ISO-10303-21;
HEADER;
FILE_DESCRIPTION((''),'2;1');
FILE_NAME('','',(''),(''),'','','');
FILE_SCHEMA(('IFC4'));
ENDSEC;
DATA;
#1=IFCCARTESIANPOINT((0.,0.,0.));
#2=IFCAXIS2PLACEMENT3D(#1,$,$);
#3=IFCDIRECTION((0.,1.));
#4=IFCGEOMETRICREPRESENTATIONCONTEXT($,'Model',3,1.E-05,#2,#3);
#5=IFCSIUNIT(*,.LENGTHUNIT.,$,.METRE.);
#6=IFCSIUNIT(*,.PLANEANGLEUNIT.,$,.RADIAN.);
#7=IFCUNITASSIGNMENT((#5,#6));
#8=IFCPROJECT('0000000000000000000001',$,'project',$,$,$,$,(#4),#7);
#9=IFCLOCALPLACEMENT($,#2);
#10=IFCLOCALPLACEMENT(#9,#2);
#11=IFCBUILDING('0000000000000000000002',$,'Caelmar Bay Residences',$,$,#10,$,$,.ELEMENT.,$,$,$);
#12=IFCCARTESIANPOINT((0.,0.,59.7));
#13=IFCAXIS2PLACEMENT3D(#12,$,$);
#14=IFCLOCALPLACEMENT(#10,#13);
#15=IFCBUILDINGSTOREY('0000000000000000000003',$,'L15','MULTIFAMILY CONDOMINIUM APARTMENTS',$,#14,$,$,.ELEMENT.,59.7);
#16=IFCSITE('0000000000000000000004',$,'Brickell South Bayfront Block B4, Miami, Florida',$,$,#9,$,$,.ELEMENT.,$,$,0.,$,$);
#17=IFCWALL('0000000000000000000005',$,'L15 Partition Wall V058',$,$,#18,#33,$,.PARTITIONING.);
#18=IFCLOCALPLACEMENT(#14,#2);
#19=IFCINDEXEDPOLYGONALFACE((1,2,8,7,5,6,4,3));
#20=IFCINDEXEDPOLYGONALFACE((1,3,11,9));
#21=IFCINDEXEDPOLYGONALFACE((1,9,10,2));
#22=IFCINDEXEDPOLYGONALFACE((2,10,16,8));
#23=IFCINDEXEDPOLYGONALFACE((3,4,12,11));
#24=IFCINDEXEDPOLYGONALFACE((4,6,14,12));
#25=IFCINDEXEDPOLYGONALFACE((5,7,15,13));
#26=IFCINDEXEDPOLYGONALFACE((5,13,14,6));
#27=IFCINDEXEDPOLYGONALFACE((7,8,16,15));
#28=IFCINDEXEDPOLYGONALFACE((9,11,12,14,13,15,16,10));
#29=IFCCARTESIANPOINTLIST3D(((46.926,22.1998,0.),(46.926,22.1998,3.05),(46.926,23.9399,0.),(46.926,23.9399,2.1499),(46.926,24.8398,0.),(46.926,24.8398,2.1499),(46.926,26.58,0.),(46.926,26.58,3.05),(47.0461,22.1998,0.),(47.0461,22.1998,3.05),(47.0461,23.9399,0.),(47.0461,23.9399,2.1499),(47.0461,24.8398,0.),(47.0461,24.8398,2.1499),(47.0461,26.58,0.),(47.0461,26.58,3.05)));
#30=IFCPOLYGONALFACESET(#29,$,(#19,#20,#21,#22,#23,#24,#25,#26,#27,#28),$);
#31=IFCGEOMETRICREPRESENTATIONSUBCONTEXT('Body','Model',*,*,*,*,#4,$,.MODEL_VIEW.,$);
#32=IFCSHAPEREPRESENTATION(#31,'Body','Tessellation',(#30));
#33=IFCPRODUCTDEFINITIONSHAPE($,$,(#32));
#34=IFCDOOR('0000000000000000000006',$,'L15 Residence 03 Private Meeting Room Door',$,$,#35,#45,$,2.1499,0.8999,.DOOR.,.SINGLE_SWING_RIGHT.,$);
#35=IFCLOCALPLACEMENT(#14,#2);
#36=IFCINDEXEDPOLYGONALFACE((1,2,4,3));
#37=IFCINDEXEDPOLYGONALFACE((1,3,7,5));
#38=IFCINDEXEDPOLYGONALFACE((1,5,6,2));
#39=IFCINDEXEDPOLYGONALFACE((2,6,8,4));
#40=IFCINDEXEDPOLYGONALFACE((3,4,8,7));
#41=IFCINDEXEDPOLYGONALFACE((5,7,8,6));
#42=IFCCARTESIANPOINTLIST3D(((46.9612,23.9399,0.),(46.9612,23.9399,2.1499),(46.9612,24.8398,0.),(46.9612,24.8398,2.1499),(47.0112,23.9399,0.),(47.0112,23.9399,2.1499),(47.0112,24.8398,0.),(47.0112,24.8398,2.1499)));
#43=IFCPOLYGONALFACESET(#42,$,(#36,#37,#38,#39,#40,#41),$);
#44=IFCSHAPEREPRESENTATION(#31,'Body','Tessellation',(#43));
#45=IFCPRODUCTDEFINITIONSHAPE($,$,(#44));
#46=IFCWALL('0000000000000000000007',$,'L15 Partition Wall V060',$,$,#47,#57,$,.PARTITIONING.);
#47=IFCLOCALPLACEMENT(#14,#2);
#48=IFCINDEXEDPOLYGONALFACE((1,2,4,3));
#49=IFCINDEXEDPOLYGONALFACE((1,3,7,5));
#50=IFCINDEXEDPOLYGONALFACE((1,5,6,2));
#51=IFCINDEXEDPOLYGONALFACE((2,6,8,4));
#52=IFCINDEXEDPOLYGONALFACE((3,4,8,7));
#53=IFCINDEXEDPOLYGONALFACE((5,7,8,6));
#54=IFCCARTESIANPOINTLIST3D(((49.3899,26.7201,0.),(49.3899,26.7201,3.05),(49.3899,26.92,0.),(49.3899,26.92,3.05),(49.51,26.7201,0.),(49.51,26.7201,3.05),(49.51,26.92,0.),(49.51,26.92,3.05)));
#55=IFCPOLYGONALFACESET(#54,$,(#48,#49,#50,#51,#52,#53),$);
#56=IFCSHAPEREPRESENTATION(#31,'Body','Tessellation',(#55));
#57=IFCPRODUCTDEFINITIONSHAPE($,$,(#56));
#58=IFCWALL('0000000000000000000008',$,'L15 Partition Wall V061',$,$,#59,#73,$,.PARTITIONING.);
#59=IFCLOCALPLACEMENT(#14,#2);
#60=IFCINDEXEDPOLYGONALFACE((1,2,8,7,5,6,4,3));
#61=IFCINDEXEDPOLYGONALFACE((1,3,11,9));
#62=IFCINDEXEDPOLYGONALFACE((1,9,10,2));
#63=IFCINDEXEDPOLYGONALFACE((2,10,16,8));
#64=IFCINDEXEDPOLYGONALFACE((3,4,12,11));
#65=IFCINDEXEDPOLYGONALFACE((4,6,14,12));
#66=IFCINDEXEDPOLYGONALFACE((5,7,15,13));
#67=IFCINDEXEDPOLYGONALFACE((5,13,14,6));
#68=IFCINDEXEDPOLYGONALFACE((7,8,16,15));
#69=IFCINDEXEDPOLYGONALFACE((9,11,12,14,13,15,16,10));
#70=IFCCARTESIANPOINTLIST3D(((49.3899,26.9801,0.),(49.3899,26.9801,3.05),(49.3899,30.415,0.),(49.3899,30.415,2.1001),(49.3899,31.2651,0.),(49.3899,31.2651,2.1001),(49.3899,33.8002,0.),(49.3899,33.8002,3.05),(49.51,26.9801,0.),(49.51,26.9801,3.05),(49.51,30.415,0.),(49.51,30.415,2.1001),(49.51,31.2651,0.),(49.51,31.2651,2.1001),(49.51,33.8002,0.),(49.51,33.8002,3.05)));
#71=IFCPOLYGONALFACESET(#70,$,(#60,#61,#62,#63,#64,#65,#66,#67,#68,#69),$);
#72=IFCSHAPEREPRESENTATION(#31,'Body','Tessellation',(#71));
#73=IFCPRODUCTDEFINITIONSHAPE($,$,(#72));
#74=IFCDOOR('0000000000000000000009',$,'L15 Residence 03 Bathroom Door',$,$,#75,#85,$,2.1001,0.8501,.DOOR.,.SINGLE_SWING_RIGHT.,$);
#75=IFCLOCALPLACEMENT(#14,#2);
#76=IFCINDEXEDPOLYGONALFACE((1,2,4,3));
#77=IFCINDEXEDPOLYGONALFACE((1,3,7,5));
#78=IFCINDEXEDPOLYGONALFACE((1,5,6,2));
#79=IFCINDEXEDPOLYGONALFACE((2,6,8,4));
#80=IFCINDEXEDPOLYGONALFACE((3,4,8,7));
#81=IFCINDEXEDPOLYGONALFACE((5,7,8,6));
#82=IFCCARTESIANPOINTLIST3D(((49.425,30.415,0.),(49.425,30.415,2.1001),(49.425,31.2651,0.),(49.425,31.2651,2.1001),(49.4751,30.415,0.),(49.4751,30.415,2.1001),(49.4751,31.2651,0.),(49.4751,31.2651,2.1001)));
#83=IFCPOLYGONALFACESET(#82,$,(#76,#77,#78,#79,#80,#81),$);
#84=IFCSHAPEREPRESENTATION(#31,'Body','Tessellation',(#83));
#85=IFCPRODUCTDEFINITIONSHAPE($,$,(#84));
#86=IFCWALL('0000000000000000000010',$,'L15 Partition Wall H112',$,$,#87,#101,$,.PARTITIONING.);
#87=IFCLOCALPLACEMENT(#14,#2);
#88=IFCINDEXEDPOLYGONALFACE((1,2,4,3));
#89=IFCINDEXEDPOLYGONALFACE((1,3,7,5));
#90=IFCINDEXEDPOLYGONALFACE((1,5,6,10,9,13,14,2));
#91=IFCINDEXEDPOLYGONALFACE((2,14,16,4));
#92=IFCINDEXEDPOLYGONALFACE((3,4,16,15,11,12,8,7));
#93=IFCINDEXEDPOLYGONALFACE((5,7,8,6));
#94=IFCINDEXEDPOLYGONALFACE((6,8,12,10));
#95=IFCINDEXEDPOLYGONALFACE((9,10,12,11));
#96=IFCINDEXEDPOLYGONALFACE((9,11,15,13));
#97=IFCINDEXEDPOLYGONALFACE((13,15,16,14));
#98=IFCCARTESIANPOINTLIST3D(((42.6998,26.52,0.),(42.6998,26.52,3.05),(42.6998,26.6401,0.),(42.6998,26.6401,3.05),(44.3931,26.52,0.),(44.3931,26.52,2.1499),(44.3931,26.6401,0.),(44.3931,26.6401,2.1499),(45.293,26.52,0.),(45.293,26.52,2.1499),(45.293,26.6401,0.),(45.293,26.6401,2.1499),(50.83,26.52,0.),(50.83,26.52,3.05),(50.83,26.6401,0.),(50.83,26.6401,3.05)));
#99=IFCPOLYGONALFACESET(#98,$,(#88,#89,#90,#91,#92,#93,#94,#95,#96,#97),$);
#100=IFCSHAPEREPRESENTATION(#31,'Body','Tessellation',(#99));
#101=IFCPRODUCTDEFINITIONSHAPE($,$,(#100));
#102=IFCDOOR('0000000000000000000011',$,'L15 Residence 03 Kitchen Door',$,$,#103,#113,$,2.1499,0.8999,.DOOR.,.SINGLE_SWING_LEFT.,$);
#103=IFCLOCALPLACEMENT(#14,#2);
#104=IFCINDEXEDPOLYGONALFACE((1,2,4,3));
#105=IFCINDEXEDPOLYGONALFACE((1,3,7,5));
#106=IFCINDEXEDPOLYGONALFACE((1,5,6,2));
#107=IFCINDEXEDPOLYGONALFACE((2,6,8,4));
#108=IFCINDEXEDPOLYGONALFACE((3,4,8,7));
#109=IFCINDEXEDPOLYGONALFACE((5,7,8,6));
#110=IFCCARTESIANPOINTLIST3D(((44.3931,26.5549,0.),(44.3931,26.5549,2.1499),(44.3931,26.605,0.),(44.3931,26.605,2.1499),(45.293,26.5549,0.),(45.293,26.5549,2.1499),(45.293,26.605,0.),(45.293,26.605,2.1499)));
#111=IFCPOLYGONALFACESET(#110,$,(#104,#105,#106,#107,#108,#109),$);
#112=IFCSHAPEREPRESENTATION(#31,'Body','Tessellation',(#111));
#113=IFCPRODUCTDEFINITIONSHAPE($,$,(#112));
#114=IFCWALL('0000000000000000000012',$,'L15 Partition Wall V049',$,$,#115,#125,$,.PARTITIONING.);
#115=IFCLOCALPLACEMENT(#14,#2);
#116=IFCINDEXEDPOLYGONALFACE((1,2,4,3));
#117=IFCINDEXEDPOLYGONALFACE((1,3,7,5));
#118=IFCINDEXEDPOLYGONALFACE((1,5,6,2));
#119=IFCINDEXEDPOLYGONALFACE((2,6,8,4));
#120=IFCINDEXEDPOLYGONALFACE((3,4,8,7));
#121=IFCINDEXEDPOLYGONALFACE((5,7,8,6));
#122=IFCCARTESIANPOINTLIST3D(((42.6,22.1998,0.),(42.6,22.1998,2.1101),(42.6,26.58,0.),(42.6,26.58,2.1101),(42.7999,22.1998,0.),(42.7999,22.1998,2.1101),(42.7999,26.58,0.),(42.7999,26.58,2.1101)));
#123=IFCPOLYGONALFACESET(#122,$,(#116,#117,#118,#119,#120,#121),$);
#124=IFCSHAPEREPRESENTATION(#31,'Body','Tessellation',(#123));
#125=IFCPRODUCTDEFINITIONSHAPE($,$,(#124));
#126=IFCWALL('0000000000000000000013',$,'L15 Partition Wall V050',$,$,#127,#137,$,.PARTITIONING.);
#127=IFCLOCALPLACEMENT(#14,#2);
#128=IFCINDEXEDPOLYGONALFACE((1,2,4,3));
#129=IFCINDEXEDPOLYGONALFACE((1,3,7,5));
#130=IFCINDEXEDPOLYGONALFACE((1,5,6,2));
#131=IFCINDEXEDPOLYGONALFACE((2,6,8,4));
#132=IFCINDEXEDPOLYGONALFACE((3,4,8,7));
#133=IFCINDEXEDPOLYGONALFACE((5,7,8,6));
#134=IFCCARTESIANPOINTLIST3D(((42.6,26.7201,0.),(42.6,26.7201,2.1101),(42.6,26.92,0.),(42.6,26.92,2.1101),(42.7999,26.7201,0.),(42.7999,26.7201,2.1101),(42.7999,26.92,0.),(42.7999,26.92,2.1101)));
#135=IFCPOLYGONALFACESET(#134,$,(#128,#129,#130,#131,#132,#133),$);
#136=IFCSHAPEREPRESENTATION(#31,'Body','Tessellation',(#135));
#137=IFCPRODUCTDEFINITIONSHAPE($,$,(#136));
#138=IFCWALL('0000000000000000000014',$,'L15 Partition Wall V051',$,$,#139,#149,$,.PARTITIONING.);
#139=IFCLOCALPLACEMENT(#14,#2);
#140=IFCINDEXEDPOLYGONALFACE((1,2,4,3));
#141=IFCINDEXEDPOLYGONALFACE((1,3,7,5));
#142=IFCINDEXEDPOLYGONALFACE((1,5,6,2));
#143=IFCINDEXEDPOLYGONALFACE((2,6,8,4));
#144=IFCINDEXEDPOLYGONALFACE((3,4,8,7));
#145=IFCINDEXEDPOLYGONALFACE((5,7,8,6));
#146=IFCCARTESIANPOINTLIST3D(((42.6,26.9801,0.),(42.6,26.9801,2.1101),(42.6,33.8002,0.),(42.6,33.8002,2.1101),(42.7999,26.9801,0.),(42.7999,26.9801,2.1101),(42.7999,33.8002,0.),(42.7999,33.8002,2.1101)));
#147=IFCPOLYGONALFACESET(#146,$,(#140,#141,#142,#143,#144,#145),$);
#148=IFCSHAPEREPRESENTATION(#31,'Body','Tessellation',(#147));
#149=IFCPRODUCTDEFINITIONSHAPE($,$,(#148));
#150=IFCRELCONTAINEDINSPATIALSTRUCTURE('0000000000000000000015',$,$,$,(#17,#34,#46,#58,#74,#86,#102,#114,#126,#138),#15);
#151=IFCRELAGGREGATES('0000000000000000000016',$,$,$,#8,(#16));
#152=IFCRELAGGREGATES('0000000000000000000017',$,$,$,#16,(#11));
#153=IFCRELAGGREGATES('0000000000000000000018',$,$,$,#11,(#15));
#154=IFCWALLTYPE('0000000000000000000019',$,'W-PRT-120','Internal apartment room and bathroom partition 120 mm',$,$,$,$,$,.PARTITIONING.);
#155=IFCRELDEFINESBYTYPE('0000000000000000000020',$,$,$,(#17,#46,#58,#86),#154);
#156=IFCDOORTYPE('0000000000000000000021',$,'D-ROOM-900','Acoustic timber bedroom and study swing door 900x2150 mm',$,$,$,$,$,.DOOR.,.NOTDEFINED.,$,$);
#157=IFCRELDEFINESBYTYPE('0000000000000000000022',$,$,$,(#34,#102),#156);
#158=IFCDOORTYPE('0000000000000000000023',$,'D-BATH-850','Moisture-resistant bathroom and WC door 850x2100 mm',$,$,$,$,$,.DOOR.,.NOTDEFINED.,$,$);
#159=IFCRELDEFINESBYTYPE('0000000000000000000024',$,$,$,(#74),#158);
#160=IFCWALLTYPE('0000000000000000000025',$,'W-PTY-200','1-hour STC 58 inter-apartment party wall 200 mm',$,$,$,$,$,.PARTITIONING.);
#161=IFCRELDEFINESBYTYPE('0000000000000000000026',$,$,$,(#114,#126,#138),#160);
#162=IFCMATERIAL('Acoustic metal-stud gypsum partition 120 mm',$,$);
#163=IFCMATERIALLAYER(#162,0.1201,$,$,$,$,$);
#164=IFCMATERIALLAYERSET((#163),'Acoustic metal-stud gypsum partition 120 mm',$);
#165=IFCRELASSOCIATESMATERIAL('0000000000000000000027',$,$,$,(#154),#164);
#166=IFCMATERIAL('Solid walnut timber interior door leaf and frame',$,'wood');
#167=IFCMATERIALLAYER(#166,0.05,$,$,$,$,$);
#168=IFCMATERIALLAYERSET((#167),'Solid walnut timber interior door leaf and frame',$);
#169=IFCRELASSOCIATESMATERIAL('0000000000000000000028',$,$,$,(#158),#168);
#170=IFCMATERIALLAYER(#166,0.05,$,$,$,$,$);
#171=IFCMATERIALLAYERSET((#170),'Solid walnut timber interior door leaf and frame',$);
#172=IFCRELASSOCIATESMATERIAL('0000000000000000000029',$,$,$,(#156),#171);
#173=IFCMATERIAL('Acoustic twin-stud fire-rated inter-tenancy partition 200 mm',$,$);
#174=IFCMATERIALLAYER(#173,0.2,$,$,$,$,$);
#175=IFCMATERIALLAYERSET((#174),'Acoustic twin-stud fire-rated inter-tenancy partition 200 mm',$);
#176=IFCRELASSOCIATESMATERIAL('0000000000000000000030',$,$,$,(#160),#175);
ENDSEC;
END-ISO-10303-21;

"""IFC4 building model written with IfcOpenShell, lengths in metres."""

from ifc_helpers import new_model, si_unit, direction, frame, frame_2d, origin, place, context, subcontext, project, spatial, rectangle, extrude, material, layer, layer_set, type_object, element, fill, save


model = new_model("IFC4")

# Units and contexts
model_context = context("Model", 3, precision=1e-05, world=origin(), true_north=direction((0.0, 1.0)))
body_context = subcontext(model_context, "Body", "Model", "MODEL_VIEW")
ifc_project = project(units=[si_unit("LENGTHUNIT", "METRE"), si_unit("PLANEANGLEUNIT", "RADIAN")], contexts=[model_context])

# Site, building, storey
site_placement = place(None, origin())
site = spatial("IfcSite", under=ifc_project, at=site_placement, Name="Brickell South Bayfront Block B4, Miami, Florida", CompositionType="ELEMENT", RefElevation=0.0)
building_placement = place(site_placement, origin())
building = spatial("IfcBuilding", under=site, at=building_placement, Name="Caelmar Bay Residences", CompositionType="ELEMENT")
storey_placement = place(building_placement, frame((0.0, 0.0, 59.7)))
storey = spatial("IfcBuildingStorey", under=building, at=storey_placement, Name="L15", Description="MULTIFAMILY CONDOMINIUM APARTMENTS", CompositionType="ELEMENT", Elevation=59.7)

# Shared definitions
ifc_material_1 = material(Name="Acoustic metal-stud gypsum partition 120 mm")
ifc_layer_1 = layer(ifc_material_1, 0.1201)
ifc_layer_set_1 = layer_set([ifc_layer_1], Name="Acoustic metal-stud gypsum partition 120 mm")
wall_type_1 = type_object("IfcWallType", Name="W-PRT-120", Description="Internal apartment room and bathroom partition 120 mm", PredefinedType="PARTITIONING", material=ifc_layer_set_1)

# Shared definitions
ifc_material_2 = material(Name="Solid walnut timber interior door leaf and frame", Category="wood")
ifc_layer_2 = layer(ifc_material_2, 0.05)
ifc_layer_set_2 = layer_set([ifc_layer_2], Name="Solid walnut timber interior door leaf and frame")
door_type_1 = type_object("IfcDoorType", Name="D-BATH-850", Description="Moisture-resistant bathroom and WC door 850x2100 mm", OperationType="NOTDEFINED", PredefinedType="DOOR", material=ifc_layer_set_2)

# Wall, opening, door
wall_1_placement = place(storey_placement, frame((46.9861, 22.2, 0.0), z_axis=(0.0, 0.0, 1.0), x_axis=(0.0, 1.0, 0.0)))
wall_1 = element("IfcWall", 1, at=wall_1_placement, inside=storey, type_object=wall_type_1, Name="L15 Partition Wall V058", PredefinedType="PARTITIONING", context=body_context, shape_type="SweptSolid", body=[
    extrude(rectangle(XDim=4.3801, YDim=0.1201, at=frame_2d((2.1899, 0.0))), origin(), (0.0, 0.0, 1.0), 3.05),
])
opening_1_placement = place(wall_1_placement, frame((1.74, 0.0, 0.0)))
opening_1 = element("IfcOpeningElement", 2, at=opening_1_placement, cuts=wall_1, PredefinedType="OPENING", context=body_context, shape_type="SweptSolid", body=[
    extrude(rectangle(XDim=0.8999, YDim=2.1499, at=frame_2d((0.45, 1.075))), frame((0.0, 0.0701, 0.0), z_axis=(0.0, -1.0, 0.0), x_axis=(1.0, 0.0, 0.0)), (0.0, 0.0, 1.0), 0.1401),
])
ifc_layer_3 = layer(ifc_material_2, 0.05)
ifc_layer_set_3 = layer_set([ifc_layer_3], Name="Solid walnut timber interior door leaf and frame")
door_type_2 = type_object("IfcDoorType", Name="D-ROOM-900", Description="Acoustic timber bedroom and study swing door 900x2150 mm", OperationType="NOTDEFINED", PredefinedType="DOOR", material=ifc_layer_set_3)
door_1_placement = place(opening_1_placement, origin())
door_1 = element("IfcDoor", 3, at=door_1_placement, inside=storey, type_object=door_type_2, Name="L15 Residence 03 Private Meeting Room Door", OperationType="SINGLE_SWING_RIGHT", OverallHeight=2.1499, OverallWidth=0.8999, PredefinedType="DOOR", context=body_context, shape_type="SweptSolid", body=[
    extrude(rectangle(XDim=0.8999, YDim=2.1499, at=frame_2d((0.45, 1.075))), frame((0.0, 0.0249, 0.0), z_axis=(0.0, -1.0, 0.0), x_axis=(1.0, 0.0, 0.0)), (0.0, 0.0, 1.0), 0.05),
])
fill(opening_1, door_1)

# Wall
wall_2_placement = place(storey_placement, frame((49.45, 26.72, 0.0), z_axis=(0.0, 0.0, 1.0), x_axis=(0.0, 1.0, 0.0)))
element("IfcWall", 4, at=wall_2_placement, inside=storey, type_object=wall_type_1, Name="L15 Partition Wall V060", PredefinedType="PARTITIONING", context=body_context, shape_type="SweptSolid", body=[
    extrude(rectangle(XDim=0.2, YDim=0.1201, at=frame_2d((0.1001, 0.0))), origin(), (0.0, 0.0, 1.0), 3.05),
])

# Walls, openings, doors
wall_3_placement = place(storey_placement, frame((49.45, 26.98, 0.0), z_axis=(0.0, 0.0, 1.0), x_axis=(0.0, 1.0, 0.0)))
wall_3 = element("IfcWall", 5, at=wall_3_placement, inside=storey, type_object=wall_type_1, Name="L15 Partition Wall V061", PredefinedType="PARTITIONING", context=body_context, shape_type="SweptSolid", body=[
    extrude(rectangle(XDim=6.8201, YDim=0.1201, at=frame_2d((3.4102, 0.0))), origin(), (0.0, 0.0, 1.0), 3.05),
])
opening_2_placement = place(wall_3_placement, frame((3.4351, 0.0, 0.0)))
opening_2 = element("IfcOpeningElement", 6, at=opening_2_placement, cuts=wall_3, PredefinedType="OPENING", context=body_context, shape_type="SweptSolid", body=[
    extrude(rectangle(XDim=0.8501, YDim=2.1001, at=frame_2d((0.425, 1.05))), frame((0.0, 0.0701, 0.0), z_axis=(0.0, -1.0, 0.0), x_axis=(1.0, 0.0, 0.0)), (0.0, 0.0, 1.0), 0.1401),
])
door_2_placement = place(opening_2_placement, origin())
door_2 = element("IfcDoor", 7, at=door_2_placement, inside=storey, type_object=door_type_1, Name="L15 Residence 03 Bathroom Door", OperationType="SINGLE_SWING_RIGHT", OverallHeight=2.1001, OverallWidth=0.8501, PredefinedType="DOOR", context=body_context, shape_type="SweptSolid", body=[
    extrude(rectangle(XDim=0.8501, YDim=2.1001, at=frame_2d((0.425, 1.05))), frame((0.0, 0.0249, 0.0), z_axis=(0.0, -1.0, 0.0), x_axis=(1.0, 0.0, 0.0)), (0.0, 0.0, 1.0), 0.05),
])
fill(opening_2, door_2)
wall_4_placement = place(storey_placement, frame((42.7, 26.5801, 0.0), z_axis=(0.0, 0.0, 1.0), x_axis=(1.0, 0.0, 0.0)))
wall_4 = element("IfcWall", 8, at=wall_4_placement, inside=storey, type_object=wall_type_1, Name="L15 Partition Wall H112", PredefinedType="PARTITIONING", context=body_context, shape_type="SweptSolid", body=[
    extrude(rectangle(XDim=8.1301, YDim=0.1201, at=frame_2d((4.0649, 0.0))), origin(), (0.0, 0.0, 1.0), 3.05),
])
opening_3_placement = place(wall_4_placement, frame((1.6931, 0.0, 0.0)))
opening_3 = element("IfcOpeningElement", 9, at=opening_3_placement, cuts=wall_4, PredefinedType="OPENING", context=body_context, shape_type="SweptSolid", body=[
    extrude(rectangle(XDim=0.8999, YDim=2.1499, at=frame_2d((0.45, 1.075))), frame((0.0, 0.0701, 0.0), z_axis=(0.0, -1.0, 0.0), x_axis=(1.0, 0.0, 0.0)), (0.0, 0.0, 1.0), 0.1401),
])
door_3_placement = place(opening_3_placement, origin())
door_3 = element("IfcDoor", 10, at=door_3_placement, inside=storey, type_object=door_type_2, Name="L15 Residence 03 Kitchen Door", OperationType="SINGLE_SWING_LEFT", OverallHeight=2.1499, OverallWidth=0.8999, PredefinedType="DOOR", context=body_context, shape_type="SweptSolid", body=[
    extrude(rectangle(XDim=0.8999, YDim=2.1499, at=frame_2d((0.45, 1.075))), frame((0.0, 0.0249, 0.0), z_axis=(0.0, -1.0, 0.0), x_axis=(1.0, 0.0, 0.0)), (0.0, 0.0, 1.0), 0.05),
])
fill(opening_3, door_3)

# Walls
ifc_material_3 = material(Name="Acoustic twin-stud fire-rated inter-tenancy partition 200 mm")
ifc_layer_4 = layer(ifc_material_3, 0.2)
ifc_layer_set_4 = layer_set([ifc_layer_4], Name="Acoustic twin-stud fire-rated inter-tenancy partition 200 mm")
wall_type_2 = type_object("IfcWallType", Name="W-PTY-200", Description="1-hour STC 58 inter-apartment party wall 200 mm", PredefinedType="PARTITIONING", material=ifc_layer_set_4)
wall_5_placement = place(storey_placement, frame((42.7, 22.2, 0.0), z_axis=(0.0, 0.0, 1.0), x_axis=(0.0, 1.0, 0.0)))
element("IfcWall", 11, at=wall_5_placement, inside=storey, type_object=wall_type_2, Name="L15 Partition Wall V049", PredefinedType="PARTITIONING", context=body_context, shape_type="SweptSolid", body=[
    extrude(rectangle(XDim=4.3801, YDim=0.2, at=frame_2d((2.1899, 0.0))), origin(), (0.0, 0.0, 1.0), 2.1101),
])
wall_6_placement = place(storey_placement, frame((42.7, 26.72, 0.0), z_axis=(0.0, 0.0, 1.0), x_axis=(0.0, 1.0, 0.0)))
element("IfcWall", 12, at=wall_6_placement, inside=storey, type_object=wall_type_2, Name="L15 Partition Wall V050", PredefinedType="PARTITIONING", context=body_context, shape_type="SweptSolid", body=[
    extrude(rectangle(XDim=0.2, YDim=0.2, at=frame_2d((0.1001, 0.0))), origin(), (0.0, 0.0, 1.0), 2.1101),
])
wall_7_placement = place(storey_placement, frame((42.7, 26.98, 0.0), z_axis=(0.0, 0.0, 1.0), x_axis=(0.0, 1.0, 0.0)))
element("IfcWall", 13, at=wall_7_placement, inside=storey, type_object=wall_type_2, Name="L15 Partition Wall V051", PredefinedType="PARTITIONING", context=body_context, shape_type="SweptSolid", body=[
    extrude(rectangle(XDim=6.8201, YDim=0.2, at=frame_2d((3.4102, 0.0))), origin(), (0.0, 0.0, 1.0), 2.1101),
])

save(model, "model.ifc")
